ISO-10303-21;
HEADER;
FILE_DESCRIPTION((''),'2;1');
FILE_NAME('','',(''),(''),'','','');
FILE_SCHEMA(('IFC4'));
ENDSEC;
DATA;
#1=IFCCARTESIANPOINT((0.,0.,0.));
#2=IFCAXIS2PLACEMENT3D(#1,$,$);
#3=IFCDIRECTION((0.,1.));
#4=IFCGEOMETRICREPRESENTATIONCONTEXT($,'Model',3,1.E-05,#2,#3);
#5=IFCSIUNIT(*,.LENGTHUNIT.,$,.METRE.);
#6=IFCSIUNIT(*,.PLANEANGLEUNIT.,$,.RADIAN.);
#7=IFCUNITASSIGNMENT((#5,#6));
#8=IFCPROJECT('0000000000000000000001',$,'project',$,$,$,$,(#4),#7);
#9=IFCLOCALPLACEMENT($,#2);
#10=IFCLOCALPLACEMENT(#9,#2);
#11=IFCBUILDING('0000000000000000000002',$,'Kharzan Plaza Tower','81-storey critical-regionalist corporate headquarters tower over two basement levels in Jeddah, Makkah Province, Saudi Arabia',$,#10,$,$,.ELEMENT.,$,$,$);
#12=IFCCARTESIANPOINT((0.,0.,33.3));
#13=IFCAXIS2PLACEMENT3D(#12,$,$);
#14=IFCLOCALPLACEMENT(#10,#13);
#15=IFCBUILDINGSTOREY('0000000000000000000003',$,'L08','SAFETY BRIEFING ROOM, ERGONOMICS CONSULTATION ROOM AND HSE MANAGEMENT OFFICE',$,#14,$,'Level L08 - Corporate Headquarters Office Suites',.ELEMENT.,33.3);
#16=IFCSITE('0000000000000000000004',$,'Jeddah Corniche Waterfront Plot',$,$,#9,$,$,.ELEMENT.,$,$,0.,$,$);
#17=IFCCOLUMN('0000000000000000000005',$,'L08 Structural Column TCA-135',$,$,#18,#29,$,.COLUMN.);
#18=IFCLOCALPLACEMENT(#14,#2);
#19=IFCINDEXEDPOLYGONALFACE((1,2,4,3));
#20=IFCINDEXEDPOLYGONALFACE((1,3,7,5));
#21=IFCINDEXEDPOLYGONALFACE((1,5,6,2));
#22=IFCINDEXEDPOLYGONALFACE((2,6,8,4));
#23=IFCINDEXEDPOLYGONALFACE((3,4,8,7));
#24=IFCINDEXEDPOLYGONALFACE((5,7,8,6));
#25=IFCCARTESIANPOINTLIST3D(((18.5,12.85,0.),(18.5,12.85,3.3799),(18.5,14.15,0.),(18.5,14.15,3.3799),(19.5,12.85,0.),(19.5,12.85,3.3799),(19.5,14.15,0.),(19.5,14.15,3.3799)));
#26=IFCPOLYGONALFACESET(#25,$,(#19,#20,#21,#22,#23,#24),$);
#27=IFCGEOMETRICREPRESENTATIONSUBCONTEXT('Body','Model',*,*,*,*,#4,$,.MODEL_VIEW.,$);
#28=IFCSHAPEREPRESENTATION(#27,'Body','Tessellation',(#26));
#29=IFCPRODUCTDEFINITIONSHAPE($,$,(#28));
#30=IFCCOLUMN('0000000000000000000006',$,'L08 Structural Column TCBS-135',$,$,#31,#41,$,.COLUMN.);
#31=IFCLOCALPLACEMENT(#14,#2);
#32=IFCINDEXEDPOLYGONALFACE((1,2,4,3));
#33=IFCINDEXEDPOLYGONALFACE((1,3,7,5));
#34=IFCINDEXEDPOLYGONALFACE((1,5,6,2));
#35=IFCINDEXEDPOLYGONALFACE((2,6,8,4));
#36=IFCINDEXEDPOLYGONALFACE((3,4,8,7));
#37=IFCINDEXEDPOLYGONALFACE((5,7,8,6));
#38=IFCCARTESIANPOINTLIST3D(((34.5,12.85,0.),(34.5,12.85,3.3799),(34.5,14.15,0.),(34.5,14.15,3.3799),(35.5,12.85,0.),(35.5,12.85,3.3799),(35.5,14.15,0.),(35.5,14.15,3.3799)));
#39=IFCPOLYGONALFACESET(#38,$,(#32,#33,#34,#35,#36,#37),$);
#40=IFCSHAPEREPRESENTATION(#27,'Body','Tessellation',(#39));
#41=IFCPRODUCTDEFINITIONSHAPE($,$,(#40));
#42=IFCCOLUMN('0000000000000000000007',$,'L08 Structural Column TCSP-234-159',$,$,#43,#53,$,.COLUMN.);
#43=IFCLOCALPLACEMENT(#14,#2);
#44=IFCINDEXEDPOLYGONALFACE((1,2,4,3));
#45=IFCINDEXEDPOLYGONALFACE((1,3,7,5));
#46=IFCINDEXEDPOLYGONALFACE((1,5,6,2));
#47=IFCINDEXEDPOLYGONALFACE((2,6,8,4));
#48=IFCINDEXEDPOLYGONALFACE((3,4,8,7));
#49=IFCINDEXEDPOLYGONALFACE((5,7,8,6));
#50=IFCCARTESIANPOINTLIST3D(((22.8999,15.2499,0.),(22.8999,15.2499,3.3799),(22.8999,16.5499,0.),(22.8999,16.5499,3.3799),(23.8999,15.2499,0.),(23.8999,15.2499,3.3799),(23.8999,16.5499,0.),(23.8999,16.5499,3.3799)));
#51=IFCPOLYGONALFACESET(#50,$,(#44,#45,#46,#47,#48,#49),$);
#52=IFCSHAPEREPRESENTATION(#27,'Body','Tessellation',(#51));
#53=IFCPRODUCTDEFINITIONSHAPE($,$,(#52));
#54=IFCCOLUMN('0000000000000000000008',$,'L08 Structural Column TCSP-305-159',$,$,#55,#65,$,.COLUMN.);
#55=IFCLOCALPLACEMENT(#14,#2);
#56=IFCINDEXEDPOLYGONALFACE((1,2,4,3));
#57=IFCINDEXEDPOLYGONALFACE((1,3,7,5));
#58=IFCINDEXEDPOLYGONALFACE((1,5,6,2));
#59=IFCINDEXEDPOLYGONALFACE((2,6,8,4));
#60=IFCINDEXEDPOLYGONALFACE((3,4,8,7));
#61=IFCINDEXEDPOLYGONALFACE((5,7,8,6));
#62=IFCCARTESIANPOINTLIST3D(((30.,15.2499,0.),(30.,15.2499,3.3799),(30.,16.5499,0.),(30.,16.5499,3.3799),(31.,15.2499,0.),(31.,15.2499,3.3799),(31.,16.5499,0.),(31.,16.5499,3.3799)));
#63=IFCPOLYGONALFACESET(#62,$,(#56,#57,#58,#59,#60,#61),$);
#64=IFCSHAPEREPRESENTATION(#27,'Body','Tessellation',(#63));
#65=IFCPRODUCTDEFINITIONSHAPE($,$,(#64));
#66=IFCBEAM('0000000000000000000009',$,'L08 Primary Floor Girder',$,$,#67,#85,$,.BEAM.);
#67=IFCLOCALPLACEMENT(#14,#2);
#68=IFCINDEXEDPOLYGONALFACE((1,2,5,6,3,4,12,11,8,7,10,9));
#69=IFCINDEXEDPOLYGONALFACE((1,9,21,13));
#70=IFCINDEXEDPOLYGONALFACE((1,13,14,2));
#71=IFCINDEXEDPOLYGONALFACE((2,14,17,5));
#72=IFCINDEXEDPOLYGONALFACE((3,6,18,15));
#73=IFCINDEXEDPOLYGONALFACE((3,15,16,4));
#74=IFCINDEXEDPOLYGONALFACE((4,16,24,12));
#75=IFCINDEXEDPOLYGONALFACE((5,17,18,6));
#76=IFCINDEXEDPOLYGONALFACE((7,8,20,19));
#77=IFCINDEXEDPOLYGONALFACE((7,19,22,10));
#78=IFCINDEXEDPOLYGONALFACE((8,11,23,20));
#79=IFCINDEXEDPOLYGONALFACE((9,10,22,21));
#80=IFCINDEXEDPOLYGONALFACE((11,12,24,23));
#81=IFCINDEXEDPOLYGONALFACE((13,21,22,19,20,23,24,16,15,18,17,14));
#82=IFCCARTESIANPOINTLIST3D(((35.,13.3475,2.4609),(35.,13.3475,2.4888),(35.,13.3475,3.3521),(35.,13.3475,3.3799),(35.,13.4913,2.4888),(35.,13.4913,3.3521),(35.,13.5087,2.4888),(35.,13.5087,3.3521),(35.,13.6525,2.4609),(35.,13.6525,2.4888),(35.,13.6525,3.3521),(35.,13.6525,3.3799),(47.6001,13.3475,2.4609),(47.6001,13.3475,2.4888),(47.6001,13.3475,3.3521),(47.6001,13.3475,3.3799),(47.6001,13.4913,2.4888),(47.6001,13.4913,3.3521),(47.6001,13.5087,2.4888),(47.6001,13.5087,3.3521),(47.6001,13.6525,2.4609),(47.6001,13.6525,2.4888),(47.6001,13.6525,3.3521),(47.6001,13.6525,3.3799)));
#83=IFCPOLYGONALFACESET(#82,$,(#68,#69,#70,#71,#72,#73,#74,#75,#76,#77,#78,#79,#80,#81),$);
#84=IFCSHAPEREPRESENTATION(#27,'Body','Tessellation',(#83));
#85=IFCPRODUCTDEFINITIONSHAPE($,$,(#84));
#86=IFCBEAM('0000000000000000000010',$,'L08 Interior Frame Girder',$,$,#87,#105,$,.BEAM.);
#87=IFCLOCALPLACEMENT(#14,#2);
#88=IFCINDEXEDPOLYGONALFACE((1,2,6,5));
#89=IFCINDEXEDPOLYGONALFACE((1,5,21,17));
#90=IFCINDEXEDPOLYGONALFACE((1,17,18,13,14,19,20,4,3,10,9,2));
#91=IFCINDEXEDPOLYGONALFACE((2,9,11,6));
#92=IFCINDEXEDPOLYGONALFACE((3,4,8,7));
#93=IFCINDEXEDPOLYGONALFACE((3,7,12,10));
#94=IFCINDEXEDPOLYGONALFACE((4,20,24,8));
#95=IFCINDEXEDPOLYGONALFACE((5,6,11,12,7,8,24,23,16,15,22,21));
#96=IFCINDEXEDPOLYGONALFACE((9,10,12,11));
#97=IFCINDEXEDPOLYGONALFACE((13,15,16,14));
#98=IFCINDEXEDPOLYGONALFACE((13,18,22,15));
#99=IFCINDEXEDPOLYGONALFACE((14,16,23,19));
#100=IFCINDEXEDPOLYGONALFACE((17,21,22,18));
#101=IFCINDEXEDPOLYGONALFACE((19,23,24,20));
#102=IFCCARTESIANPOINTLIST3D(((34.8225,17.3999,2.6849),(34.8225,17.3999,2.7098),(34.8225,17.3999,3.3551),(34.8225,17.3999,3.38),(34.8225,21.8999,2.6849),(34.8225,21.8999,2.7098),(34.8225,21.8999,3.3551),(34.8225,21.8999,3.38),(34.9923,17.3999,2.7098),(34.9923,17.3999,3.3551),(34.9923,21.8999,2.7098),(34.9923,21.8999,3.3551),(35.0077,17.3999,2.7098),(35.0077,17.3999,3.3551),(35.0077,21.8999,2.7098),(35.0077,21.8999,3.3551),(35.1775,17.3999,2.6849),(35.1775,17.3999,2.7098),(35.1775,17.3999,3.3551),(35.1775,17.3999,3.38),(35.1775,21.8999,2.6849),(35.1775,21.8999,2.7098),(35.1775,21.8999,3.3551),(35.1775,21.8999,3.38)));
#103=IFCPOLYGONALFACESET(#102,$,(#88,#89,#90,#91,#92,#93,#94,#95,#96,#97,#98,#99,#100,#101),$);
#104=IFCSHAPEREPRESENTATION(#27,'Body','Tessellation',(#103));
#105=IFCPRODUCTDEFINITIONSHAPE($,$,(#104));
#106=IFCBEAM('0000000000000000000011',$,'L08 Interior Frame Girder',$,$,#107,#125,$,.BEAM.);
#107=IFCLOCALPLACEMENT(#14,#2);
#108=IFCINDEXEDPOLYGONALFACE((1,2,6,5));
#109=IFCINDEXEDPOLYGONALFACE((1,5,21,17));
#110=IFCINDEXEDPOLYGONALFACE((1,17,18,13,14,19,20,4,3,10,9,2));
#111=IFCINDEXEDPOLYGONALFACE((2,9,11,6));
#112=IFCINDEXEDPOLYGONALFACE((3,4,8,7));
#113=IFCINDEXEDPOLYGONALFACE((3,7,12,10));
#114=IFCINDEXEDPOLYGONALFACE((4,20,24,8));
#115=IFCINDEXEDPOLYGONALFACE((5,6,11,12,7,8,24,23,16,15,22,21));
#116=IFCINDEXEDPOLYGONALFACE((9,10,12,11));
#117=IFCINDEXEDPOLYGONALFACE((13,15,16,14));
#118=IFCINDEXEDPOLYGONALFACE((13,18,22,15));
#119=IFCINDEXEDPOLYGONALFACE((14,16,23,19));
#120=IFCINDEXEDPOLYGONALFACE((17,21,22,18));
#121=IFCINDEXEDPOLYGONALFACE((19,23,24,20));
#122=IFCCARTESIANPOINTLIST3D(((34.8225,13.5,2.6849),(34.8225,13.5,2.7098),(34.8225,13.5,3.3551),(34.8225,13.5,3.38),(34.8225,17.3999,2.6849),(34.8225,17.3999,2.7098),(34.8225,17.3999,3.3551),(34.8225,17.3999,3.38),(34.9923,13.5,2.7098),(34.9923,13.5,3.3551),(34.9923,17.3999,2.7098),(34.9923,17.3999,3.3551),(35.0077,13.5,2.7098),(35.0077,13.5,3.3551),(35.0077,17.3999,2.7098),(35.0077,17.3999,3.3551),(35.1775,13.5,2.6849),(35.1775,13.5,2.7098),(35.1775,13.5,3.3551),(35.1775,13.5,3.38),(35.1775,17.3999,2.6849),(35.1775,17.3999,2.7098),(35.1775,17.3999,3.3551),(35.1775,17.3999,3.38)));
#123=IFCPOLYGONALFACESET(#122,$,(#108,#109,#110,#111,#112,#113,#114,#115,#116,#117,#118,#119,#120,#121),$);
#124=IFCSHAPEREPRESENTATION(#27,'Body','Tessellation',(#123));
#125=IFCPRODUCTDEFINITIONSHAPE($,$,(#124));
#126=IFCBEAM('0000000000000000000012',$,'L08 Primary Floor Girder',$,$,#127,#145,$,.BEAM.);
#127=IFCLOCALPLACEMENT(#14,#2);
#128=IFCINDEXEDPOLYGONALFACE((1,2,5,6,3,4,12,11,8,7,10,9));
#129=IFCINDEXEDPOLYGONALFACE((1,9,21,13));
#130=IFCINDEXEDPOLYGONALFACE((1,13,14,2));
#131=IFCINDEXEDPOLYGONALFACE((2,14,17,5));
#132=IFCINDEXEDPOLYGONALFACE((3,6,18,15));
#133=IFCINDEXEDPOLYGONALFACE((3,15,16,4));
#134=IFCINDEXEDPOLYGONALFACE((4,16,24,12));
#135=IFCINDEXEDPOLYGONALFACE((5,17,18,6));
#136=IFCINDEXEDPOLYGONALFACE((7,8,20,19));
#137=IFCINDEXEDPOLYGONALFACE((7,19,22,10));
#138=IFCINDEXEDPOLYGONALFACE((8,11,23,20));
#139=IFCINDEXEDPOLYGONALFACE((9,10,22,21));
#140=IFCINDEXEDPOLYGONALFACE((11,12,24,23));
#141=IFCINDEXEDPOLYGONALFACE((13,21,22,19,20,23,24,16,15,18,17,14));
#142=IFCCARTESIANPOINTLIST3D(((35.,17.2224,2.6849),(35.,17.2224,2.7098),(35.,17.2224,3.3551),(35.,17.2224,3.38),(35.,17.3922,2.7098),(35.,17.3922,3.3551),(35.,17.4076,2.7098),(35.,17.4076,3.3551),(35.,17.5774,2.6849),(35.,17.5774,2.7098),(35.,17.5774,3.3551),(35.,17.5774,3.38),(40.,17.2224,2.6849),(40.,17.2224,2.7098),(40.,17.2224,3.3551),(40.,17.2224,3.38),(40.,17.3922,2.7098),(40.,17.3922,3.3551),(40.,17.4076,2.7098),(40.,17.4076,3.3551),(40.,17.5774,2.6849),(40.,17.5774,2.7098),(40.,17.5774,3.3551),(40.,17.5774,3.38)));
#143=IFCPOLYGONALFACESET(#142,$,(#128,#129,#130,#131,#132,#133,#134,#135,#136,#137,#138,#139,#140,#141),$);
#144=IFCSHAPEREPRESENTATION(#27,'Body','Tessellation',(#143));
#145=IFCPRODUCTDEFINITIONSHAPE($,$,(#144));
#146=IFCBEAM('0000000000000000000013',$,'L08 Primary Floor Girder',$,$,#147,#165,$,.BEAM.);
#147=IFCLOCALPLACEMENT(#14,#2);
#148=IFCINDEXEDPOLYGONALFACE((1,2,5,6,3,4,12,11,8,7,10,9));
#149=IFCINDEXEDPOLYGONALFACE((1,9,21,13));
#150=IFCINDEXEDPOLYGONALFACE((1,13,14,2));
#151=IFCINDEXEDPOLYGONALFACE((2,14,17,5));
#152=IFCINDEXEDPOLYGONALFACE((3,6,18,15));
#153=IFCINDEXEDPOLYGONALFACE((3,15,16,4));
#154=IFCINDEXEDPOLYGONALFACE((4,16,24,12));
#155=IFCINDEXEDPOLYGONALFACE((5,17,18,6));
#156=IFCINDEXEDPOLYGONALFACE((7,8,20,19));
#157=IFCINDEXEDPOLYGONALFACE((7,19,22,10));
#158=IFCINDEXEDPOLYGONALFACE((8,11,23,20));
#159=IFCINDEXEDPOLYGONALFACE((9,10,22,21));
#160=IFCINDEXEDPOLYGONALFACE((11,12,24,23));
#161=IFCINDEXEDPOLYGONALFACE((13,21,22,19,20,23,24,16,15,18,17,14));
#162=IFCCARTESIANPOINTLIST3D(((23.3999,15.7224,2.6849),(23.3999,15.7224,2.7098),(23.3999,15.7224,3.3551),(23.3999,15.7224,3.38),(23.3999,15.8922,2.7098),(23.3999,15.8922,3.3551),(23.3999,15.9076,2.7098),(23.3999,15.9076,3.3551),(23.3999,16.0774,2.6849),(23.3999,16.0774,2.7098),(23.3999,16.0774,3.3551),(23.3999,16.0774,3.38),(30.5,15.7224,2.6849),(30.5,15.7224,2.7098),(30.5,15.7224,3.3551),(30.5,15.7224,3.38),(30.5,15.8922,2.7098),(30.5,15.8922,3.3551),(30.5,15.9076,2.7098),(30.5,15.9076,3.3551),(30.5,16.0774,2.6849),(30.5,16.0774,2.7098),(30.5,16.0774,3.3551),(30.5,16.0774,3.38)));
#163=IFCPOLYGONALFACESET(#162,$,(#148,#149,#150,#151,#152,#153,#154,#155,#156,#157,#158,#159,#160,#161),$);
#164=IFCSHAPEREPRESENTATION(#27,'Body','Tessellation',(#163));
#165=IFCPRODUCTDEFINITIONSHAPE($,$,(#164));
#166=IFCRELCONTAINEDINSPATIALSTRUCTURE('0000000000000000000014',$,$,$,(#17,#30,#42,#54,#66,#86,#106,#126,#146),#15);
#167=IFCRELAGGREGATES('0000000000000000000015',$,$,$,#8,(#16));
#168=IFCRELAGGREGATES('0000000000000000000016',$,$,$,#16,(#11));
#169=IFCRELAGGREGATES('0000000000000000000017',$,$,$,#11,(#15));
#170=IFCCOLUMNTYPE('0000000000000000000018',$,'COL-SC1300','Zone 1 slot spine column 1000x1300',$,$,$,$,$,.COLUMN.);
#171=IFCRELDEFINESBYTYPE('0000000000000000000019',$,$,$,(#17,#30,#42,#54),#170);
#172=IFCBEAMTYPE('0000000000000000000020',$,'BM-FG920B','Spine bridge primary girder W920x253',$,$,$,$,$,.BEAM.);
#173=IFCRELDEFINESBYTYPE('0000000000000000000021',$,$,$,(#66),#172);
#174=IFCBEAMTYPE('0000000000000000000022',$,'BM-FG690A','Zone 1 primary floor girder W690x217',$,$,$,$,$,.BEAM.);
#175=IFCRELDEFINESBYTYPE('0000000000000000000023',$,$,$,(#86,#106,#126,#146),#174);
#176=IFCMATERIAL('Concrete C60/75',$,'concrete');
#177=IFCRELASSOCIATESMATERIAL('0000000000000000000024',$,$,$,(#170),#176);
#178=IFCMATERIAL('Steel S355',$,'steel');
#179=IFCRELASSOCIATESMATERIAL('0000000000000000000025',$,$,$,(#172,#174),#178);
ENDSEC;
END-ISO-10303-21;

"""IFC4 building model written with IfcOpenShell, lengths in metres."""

from ifc_helpers import new_model, si_unit, direction, frame, origin, origin_2d, place, context, subcontext, project, spatial, rectangle, i_section, extrude, source, transform, mapped, material, material_profile, profile_set, type_object, element, save


model = new_model("IFC4")

# Units and contexts
model_context = context("Model", 3, precision=1e-05, world=origin(), true_north=direction((0.0, 1.0)))
body_context = subcontext(model_context, "Body", "Model", "MODEL_VIEW")
ifc_project = project(units=[si_unit("LENGTHUNIT", "METRE"), si_unit("PLANEANGLEUNIT", "RADIAN")], contexts=[model_context])

# Site, building, storey
site_placement = place(None, origin())
site = spatial("IfcSite", under=ifc_project, at=site_placement, Name="Jeddah Corniche Waterfront Plot", CompositionType="ELEMENT", RefElevation=0.0)
building_placement = place(site_placement, origin())
building = spatial("IfcBuilding", under=site, at=building_placement, Name="Kharzan Plaza Tower", Description="81-storey critical-regionalist corporate headquarters tower over two basement levels in Jeddah, Makkah Province, Saudi Arabia", CompositionType="ELEMENT")
storey_placement = place(building_placement, frame((0.0, 0.0, 33.3)))
storey = spatial("IfcBuildingStorey", under=building, at=storey_placement, Name="L08", Description="SAFETY BRIEFING ROOM, ERGONOMICS CONSULTATION ROOM AND HSE MANAGEMENT OFFICE", LongName="Level L08 - Corporate Headquarters Office Suites", CompositionType="ELEMENT", Elevation=33.3)

# Columns
ifc_material_1 = material(Name="Concrete C60/75", Category="concrete")
ifc_material_profile_1 = material_profile(ifc_material_1, rectangle(XDim=1.0, YDim=1.3, at=origin_2d()), Name="RC-SC1300x1000")
ifc_profile_set_1 = profile_set([ifc_material_profile_1], Name="Concrete C60/75")
column_type = type_object("IfcColumnType", Name="COL-SC1300", Description="Zone 1 slot spine column 1000x1300", PredefinedType="COLUMN", material=ifc_profile_set_1)
shared_shape_1 = source(origin(), body_context, "Body", "SweptSolid", [
    extrude(rectangle(XDim=1.0, YDim=1.3, at=origin_2d()), origin(), (0.0, 0.0, 1.0), 3.3799),
])
for number, where, z_axis, x_axis, name in (
    (1, (19.0, 13.5, 0.0), (0.0, 0.0, 1.0), (1.0, 0.0, 0.0), "L08 Structural Column TCA-135"),
    (2, (35.0, 13.5, 0.0), (0.0, 0.0, 1.0), (1.0, 0.0, 0.0), "L08 Structural Column TCBS-135"),
    (3, (23.3999, 15.8999, 0.0), (0.0, 0.0, 1.0), (1.0, 0.0, 0.0), "L08 Structural Column TCSP-234-159"),
    (4, (30.5, 15.8999, 0.0), (0.0, 0.0, 1.0), (1.0, 0.0, 0.0), "L08 Structural Column TCSP-305-159"),
):
    element("IfcColumn", number, at=place(storey_placement, frame(where, z_axis=z_axis, x_axis=x_axis)), inside=storey, type_object=column_type, Name=name, PredefinedType="COLUMN", context=body_context, shape_type="MappedRepresentation", body=[
        mapped(shared_shape_1, transform((0.0, 0.0, 0.0), x_axis=(1.0, 0.0, 0.0), y_axis=(0.0, 1.0, 0.0), z_axis=(0.0, 0.0, 1.0))),
    ])

# Beams
ifc_material_2 = material(Name="Steel S355", Category="steel")
ifc_material_profile_2 = material_profile(ifc_material_2, i_section(OverallWidth=0.3049, OverallDepth=0.9189, WebThickness=0.0173, FlangeThickness=0.0278, at=origin_2d()), Name="W920x253")
ifc_profile_set_2 = profile_set([ifc_material_profile_2], Name="Steel S355")
beam_type_1 = type_object("IfcBeamType", Name="BM-FG920B", Description="Spine bridge primary girder W920x253", PredefinedType="BEAM", material=ifc_profile_set_2)
shared_shape_2 = source(origin(), body_context, "Body", "SweptSolid", [
    extrude(i_section(OverallWidth=0.3049, OverallDepth=0.9189, WebThickness=0.0173, FlangeThickness=0.0278, at=origin_2d()), origin(), (0.0, 0.0, 1.0), 12.6001),
])
beam_1_placement = place(storey_placement, frame((35.0, 13.5, 2.9204), z_axis=(1.0, 0.0, 0.0), x_axis=(0.0, 1.0, 0.0)))
element("IfcBeam", 5, at=beam_1_placement, inside=storey, type_object=beam_type_1, Name="L08 Primary Floor Girder", PredefinedType="BEAM", context=body_context, shape_type="MappedRepresentation", body=[
    mapped(shared_shape_2, transform((0.0, 0.0, 0.0), x_axis=(1.0, 0.0, 0.0), y_axis=(0.0, 1.0, 0.0), z_axis=(0.0, 0.0, 1.0))),
])
ifc_material_profile_3 = material_profile(ifc_material_2, i_section(OverallWidth=0.355, OverallDepth=0.6951, WebThickness=0.0154, FlangeThickness=0.0249, at=origin_2d()), Name="W690x217")
ifc_profile_set_3 = profile_set([ifc_material_profile_3], Name="Steel S355")
beam_type_2 = type_object("IfcBeamType", Name="BM-FG690A", Description="Zone 1 primary floor girder W690x217", PredefinedType="BEAM", material=ifc_profile_set_3)
shared_shape_3 = source(origin(), body_context, "Body", "SweptSolid", [
    extrude(i_section(OverallWidth=0.355, OverallDepth=0.6951, WebThickness=0.0154, FlangeThickness=0.0249, at=origin_2d()), origin(), (0.0, 0.0, 1.0), 4.5),
])
beam_2_placement = place(storey_placement, frame((35.0, 17.3999, 3.0325), z_axis=(0.0, 1.0, 0.0), x_axis=(-1.0, 0.0, 0.0)))
element("IfcBeam", 6, at=beam_2_placement, inside=storey, type_object=beam_type_2, Name="L08 Interior Frame Girder", PredefinedType="BEAM", context=body_context, shape_type="MappedRepresentation", body=[
    mapped(shared_shape_3, transform((0.0, 0.0, 0.0), x_axis=(1.0, 0.0, 0.0), y_axis=(0.0, 1.0, 0.0), z_axis=(0.0, 0.0, 1.0))),
])
shared_shape_4 = source(origin(), body_context, "Body", "SweptSolid", [
    extrude(i_section(OverallWidth=0.355, OverallDepth=0.6951, WebThickness=0.0154, FlangeThickness=0.0249, at=origin_2d()), origin(), (0.0, 0.0, 1.0), 3.8999),
])
beam_3_placement = place(storey_placement, frame((35.0, 13.5, 3.0325), z_axis=(0.0, 1.0, 0.0), x_axis=(-1.0, 0.0, 0.0)))
element("IfcBeam", 7, at=beam_3_placement, inside=storey, type_object=beam_type_2, Name="L08 Interior Frame Girder", PredefinedType="BEAM", context=body_context, shape_type="MappedRepresentation", body=[
    mapped(shared_shape_4, transform((0.0, 0.0, 0.0), x_axis=(1.0, 0.0, 0.0), y_axis=(0.0, 1.0, 0.0), z_axis=(0.0, 0.0, 1.0))),
])
shared_shape_5 = source(origin(), body_context, "Body", "SweptSolid", [
    extrude(i_section(OverallWidth=0.355, OverallDepth=0.6951, WebThickness=0.0154, FlangeThickness=0.0249, at=origin_2d()), origin(), (0.0, 0.0, 1.0), 5.0),
])
beam_4_placement = place(storey_placement, frame((35.0, 17.3999, 3.0325), z_axis=(1.0, 0.0, 0.0), x_axis=(0.0, 1.0, 0.0)))
element("IfcBeam", 8, at=beam_4_placement, inside=storey, type_object=beam_type_2, Name="L08 Primary Floor Girder", PredefinedType="BEAM", context=body_context, shape_type="MappedRepresentation", body=[
    mapped(shared_shape_5, transform((0.0, 0.0, 0.0), x_axis=(1.0, 0.0, 0.0), y_axis=(0.0, 1.0, 0.0), z_axis=(0.0, 0.0, 1.0))),
])
shared_shape_6 = source(origin(), body_context, "Body", "SweptSolid", [
    extrude(i_section(OverallWidth=0.355, OverallDepth=0.6951, WebThickness=0.0154, FlangeThickness=0.0249, at=origin_2d()), origin(), (0.0, 0.0, 1.0), 7.1001),
])
beam_5_placement = place(storey_placement, frame((23.3999, 15.8999, 3.0325), z_axis=(1.0, 0.0, 0.0), x_axis=(0.0, 1.0, 0.0)))
element("IfcBeam", 9, at=beam_5_placement, inside=storey, type_object=beam_type_2, Name="L08 Primary Floor Girder", PredefinedType="BEAM", context=body_context, shape_type="MappedRepresentation", body=[
    mapped(shared_shape_6, transform((0.0, 0.0, 0.0), x_axis=(1.0, 0.0, 0.0), y_axis=(0.0, 1.0, 0.0), z_axis=(0.0, 0.0, 1.0))),
])

save(model, "model.ifc")
